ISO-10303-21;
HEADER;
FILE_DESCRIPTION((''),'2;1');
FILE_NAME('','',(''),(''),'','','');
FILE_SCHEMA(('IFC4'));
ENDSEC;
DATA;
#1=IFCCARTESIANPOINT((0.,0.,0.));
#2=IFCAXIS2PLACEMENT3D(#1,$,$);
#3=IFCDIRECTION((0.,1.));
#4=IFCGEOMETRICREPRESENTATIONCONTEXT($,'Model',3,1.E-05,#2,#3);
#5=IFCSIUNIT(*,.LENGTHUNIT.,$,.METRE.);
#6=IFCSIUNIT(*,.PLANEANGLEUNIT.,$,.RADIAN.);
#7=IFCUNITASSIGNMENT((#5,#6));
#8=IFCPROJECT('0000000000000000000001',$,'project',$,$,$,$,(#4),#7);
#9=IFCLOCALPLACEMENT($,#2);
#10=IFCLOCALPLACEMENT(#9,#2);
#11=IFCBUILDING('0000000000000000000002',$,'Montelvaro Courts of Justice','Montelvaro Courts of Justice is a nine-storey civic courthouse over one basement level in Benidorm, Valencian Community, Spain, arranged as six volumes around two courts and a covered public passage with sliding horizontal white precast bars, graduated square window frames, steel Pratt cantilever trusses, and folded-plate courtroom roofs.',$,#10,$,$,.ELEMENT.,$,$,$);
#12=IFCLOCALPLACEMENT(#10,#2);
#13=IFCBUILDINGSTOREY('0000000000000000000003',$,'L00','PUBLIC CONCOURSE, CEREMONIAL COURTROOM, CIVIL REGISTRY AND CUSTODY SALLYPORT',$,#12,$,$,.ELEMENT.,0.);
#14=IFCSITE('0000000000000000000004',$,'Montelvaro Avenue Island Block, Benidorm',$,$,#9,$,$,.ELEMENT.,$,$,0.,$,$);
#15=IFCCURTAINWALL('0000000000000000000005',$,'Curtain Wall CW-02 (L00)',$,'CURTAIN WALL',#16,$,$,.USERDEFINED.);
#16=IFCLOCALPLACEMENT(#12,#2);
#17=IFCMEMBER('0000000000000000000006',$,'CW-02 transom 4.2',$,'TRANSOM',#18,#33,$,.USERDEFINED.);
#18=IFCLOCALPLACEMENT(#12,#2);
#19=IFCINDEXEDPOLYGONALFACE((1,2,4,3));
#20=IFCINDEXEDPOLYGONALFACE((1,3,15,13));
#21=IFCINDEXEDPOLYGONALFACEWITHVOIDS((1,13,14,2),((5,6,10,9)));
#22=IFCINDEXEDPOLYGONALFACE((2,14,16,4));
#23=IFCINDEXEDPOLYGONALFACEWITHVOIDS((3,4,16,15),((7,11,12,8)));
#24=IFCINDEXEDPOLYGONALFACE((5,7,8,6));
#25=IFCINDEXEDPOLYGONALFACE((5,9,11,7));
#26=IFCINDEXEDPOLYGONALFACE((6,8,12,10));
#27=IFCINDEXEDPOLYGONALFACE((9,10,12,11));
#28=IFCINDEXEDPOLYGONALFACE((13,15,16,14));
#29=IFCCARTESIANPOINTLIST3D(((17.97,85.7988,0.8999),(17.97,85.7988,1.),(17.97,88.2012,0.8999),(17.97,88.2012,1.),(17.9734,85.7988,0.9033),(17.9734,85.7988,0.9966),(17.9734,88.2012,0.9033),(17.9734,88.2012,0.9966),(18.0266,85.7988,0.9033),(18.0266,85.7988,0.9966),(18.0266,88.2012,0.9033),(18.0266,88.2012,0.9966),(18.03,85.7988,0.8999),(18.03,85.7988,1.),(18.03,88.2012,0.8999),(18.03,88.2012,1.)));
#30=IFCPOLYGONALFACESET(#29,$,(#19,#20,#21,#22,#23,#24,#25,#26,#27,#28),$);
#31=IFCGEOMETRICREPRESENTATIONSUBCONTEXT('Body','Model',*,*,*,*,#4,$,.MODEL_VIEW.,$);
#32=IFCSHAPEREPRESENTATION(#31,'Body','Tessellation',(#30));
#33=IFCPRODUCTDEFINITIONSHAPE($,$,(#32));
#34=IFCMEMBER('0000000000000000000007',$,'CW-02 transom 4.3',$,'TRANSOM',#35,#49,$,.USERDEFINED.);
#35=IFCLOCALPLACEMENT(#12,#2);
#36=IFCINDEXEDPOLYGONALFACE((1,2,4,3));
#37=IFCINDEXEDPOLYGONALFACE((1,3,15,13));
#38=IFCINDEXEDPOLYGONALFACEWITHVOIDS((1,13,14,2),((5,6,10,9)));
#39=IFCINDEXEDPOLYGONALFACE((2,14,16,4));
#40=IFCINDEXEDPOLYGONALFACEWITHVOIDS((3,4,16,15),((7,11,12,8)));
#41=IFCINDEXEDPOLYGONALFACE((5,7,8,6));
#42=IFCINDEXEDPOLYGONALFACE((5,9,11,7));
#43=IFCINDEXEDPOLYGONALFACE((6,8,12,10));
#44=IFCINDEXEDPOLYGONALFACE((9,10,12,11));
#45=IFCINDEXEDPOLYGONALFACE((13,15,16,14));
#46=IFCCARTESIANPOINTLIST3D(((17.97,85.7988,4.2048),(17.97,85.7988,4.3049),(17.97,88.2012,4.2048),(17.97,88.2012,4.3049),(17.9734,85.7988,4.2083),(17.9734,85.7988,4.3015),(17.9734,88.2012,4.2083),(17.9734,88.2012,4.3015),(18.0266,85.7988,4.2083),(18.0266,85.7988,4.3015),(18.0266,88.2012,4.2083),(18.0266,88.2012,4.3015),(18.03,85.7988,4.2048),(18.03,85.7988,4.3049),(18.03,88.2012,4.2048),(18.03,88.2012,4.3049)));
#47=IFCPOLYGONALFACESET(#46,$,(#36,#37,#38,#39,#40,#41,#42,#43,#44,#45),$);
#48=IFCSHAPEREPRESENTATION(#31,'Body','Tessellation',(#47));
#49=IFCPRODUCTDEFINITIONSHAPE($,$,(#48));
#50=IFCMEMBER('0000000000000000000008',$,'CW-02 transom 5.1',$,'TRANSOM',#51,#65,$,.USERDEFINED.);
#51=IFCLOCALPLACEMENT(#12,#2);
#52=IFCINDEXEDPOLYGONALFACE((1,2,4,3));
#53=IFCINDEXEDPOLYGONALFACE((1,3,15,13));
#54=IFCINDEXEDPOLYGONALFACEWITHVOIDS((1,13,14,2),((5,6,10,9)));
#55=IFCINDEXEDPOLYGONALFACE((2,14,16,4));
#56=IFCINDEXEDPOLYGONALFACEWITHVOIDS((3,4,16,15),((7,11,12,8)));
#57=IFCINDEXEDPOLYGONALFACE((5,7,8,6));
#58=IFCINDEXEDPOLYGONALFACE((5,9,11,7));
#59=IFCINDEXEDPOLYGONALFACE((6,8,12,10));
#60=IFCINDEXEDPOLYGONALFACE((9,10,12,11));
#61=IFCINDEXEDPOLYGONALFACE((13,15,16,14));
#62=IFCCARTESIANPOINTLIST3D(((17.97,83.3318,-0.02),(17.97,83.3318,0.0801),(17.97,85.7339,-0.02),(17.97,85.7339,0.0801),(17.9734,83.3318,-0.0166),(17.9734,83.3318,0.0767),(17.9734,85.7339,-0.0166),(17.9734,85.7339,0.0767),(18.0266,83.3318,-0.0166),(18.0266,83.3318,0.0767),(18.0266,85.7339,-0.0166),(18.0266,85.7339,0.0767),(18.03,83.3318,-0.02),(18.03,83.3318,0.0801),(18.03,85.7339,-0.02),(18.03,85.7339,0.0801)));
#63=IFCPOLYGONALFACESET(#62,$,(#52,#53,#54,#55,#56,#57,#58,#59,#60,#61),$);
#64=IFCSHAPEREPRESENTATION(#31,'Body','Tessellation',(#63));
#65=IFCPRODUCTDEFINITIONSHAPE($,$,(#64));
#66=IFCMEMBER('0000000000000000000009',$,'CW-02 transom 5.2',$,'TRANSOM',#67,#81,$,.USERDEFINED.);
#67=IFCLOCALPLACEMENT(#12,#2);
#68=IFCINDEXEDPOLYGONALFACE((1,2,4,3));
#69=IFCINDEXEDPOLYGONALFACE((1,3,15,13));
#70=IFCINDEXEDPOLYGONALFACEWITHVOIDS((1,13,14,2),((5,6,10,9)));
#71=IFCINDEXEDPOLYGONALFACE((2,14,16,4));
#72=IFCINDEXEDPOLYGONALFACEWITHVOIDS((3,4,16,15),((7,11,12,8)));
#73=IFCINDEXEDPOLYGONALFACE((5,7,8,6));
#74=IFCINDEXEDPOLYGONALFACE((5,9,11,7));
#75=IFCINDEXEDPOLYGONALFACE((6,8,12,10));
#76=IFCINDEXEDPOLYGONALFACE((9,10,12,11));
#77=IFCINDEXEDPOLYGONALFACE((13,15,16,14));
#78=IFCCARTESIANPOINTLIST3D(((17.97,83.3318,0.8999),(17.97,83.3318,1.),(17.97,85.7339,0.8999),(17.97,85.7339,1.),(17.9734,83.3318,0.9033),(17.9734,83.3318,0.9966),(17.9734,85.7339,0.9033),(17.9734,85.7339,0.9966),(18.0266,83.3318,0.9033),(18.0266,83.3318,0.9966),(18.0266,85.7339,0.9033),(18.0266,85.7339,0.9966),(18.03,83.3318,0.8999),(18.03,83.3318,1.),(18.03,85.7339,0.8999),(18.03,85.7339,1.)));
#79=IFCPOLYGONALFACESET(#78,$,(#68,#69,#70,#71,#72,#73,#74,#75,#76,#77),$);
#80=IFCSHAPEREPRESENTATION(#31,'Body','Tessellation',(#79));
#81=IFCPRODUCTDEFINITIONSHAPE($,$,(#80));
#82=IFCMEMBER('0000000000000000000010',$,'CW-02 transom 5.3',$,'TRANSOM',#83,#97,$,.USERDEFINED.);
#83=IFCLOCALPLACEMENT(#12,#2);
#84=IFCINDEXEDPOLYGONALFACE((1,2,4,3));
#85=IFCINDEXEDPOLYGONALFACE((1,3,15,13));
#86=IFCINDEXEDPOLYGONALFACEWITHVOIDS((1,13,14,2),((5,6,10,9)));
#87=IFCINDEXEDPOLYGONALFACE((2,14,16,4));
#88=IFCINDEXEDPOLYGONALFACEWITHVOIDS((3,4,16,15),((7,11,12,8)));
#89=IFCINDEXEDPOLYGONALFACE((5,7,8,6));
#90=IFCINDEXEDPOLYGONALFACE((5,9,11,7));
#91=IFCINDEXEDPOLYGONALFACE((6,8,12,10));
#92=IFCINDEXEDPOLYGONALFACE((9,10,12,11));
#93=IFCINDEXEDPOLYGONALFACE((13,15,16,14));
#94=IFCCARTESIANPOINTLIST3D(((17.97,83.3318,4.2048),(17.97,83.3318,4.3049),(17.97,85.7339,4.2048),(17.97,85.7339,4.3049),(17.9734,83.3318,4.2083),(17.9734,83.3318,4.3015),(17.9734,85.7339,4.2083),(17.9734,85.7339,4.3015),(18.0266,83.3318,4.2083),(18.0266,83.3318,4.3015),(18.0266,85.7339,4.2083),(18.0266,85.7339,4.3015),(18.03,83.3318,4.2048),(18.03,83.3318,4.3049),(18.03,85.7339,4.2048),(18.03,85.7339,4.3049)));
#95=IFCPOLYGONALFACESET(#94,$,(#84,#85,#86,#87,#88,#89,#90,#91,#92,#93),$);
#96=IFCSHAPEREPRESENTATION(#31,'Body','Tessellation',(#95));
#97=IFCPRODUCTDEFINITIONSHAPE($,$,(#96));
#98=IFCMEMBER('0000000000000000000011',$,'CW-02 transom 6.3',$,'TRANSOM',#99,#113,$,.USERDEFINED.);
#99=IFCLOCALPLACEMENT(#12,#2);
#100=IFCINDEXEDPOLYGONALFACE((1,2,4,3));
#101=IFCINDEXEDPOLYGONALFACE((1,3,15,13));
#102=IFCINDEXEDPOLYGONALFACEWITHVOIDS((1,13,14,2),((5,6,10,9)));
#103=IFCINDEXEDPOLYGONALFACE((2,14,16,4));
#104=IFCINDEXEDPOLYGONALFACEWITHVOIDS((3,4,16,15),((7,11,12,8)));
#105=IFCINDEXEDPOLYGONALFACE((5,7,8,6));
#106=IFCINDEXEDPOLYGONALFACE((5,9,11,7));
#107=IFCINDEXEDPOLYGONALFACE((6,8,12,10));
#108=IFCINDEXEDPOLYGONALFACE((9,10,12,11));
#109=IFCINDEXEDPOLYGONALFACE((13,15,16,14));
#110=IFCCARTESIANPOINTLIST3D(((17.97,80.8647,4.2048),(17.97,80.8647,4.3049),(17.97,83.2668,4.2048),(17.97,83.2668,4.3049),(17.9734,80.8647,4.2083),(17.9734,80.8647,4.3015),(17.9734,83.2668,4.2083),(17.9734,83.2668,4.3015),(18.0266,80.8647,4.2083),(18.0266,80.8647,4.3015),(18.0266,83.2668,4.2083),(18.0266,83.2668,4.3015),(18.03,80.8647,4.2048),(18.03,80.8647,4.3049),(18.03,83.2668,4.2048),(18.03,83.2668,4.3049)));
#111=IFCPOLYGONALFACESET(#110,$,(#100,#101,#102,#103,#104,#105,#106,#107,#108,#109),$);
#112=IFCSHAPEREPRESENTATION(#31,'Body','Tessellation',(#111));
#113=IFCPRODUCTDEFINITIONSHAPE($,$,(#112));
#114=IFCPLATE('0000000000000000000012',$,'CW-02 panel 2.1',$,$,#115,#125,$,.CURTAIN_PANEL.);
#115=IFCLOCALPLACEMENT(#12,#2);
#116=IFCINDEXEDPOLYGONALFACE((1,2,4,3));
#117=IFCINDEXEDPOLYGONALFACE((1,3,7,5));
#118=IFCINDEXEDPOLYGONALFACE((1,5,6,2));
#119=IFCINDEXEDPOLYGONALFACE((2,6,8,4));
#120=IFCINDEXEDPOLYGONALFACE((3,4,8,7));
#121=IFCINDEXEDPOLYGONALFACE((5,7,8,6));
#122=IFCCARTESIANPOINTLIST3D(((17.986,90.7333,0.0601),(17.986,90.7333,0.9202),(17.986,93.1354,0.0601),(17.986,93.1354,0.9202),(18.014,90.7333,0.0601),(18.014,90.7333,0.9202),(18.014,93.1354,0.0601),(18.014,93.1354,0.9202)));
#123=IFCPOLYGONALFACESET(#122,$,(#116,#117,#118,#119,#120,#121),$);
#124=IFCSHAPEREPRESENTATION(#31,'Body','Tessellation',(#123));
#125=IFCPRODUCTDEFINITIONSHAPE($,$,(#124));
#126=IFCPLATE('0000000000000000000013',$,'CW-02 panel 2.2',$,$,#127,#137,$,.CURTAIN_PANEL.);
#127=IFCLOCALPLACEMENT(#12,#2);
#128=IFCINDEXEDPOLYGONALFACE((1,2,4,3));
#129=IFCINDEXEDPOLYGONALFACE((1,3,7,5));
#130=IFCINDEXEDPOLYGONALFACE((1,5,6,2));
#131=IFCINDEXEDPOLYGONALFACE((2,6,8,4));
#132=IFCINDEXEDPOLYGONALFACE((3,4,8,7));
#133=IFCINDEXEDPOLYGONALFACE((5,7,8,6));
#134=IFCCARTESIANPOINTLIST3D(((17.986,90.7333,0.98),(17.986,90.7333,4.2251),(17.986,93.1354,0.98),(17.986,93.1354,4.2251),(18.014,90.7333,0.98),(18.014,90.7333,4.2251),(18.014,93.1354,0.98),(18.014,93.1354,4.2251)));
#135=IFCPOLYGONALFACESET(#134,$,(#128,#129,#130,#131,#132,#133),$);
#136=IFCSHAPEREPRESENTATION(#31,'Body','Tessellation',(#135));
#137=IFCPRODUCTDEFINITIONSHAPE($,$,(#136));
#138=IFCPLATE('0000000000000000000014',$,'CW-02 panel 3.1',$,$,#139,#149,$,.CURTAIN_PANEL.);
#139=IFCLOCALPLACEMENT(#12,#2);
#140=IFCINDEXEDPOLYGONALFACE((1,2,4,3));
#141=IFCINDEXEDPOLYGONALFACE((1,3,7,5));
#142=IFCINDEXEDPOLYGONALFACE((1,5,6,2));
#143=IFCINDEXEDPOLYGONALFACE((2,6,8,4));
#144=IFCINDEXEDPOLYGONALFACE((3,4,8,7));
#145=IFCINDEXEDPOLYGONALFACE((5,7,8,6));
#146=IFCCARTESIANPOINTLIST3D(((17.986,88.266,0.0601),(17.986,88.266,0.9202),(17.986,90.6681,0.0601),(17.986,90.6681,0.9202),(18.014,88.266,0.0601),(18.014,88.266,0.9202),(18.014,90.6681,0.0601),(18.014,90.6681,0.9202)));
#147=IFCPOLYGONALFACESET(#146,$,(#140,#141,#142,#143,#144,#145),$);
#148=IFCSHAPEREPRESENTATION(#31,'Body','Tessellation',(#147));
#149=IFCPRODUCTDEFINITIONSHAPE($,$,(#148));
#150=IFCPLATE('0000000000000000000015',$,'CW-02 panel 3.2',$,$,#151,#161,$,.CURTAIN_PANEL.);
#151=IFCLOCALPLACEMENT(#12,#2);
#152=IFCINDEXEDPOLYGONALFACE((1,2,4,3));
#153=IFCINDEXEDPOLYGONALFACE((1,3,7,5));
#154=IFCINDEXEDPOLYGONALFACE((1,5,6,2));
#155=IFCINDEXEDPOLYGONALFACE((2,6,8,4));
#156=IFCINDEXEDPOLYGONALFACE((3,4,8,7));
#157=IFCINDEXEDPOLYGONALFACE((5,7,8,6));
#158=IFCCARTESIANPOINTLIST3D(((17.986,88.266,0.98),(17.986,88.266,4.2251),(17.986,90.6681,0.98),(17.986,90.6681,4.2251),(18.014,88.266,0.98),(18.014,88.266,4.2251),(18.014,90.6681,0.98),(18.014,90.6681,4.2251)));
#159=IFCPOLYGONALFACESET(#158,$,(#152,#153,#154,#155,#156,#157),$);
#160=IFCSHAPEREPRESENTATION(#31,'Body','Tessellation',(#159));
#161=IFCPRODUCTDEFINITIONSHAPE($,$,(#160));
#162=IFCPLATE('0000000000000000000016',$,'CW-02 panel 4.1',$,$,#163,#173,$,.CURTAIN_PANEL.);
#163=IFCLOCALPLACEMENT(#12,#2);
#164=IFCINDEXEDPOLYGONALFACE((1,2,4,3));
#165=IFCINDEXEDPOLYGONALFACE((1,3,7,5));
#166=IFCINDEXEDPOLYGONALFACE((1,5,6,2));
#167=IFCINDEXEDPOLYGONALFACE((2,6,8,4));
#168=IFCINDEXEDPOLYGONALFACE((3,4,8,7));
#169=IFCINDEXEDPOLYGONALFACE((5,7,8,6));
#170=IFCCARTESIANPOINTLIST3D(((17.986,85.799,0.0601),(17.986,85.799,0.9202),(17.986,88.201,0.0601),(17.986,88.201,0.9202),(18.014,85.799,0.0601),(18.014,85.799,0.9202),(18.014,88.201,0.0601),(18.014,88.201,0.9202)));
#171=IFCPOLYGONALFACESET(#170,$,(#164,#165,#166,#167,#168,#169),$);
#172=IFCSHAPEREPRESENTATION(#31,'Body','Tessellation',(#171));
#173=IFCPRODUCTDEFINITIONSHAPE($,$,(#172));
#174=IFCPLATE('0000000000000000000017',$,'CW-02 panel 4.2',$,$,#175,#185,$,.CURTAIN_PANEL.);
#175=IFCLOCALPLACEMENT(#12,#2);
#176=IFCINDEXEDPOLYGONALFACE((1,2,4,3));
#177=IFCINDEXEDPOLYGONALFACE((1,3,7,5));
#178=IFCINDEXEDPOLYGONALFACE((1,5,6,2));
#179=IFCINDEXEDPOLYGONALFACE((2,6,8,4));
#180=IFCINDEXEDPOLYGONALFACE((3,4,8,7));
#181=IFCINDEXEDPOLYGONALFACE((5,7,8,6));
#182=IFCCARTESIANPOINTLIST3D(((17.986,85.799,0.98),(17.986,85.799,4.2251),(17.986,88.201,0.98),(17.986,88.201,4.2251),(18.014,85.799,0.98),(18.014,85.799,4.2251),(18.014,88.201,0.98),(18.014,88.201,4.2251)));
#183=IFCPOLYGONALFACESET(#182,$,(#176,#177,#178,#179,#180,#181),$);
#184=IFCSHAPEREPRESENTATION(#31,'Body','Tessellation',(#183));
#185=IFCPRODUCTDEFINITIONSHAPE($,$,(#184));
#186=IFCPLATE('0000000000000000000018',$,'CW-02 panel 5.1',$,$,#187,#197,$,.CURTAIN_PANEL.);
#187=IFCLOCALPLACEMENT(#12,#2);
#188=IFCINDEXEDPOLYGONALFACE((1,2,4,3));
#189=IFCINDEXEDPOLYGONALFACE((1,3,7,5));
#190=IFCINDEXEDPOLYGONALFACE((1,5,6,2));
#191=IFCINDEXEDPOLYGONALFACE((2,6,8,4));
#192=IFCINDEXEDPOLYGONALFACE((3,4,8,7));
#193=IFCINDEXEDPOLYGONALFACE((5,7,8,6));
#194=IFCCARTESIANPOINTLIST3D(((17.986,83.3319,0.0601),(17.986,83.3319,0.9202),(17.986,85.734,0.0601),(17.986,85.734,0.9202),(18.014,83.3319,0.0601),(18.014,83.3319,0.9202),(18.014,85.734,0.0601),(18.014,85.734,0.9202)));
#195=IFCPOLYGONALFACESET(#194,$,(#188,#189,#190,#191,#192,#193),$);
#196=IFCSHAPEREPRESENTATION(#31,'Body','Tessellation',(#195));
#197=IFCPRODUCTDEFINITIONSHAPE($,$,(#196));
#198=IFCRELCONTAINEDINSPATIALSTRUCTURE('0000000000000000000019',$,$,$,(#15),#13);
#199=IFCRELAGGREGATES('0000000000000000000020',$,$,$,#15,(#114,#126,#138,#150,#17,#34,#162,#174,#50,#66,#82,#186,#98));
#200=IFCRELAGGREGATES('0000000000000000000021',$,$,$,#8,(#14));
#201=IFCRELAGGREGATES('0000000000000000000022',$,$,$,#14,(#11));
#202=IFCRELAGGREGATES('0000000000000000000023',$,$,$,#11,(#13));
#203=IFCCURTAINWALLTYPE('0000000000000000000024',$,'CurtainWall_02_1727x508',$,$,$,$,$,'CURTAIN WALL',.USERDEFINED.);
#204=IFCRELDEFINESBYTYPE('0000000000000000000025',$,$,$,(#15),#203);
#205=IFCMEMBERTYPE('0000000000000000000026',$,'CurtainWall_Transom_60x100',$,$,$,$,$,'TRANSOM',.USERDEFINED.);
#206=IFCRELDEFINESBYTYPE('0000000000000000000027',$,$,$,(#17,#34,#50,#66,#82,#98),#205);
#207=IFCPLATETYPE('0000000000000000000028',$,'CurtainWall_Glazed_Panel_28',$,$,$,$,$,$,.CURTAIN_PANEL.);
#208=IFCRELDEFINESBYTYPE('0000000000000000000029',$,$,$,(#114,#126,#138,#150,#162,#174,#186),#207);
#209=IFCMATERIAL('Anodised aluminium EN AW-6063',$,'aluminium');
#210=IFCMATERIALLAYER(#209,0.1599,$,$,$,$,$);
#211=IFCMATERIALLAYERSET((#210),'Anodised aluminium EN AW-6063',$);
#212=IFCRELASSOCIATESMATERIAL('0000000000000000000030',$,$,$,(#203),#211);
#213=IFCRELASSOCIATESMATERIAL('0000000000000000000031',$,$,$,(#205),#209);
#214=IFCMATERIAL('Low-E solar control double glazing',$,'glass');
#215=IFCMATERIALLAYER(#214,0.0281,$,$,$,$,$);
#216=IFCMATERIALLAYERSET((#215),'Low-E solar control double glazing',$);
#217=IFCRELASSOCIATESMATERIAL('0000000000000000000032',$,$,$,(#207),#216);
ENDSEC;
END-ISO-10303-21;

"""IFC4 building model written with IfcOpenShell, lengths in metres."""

from ifc_helpers import new_model, si_unit, direction, frame, origin, origin_2d, place, context, subcontext, project, spatial, rectangle, hollow_rectangle, extrude, material, layer, layer_set, material_profile, profile_set, type_object, element, aggregate, save


model = new_model("IFC4")

# Units and contexts
model_context = context("Model", 3, precision=1e-05, world=origin(), true_north=direction((0.0, 1.0)))
body_context = subcontext(model_context, "Body", "Model", "MODEL_VIEW")
ifc_project = project(units=[si_unit("LENGTHUNIT", "METRE"), si_unit("PLANEANGLEUNIT", "RADIAN")], contexts=[model_context])

# Site, building, storey
site_placement = place(None, origin())
site = spatial("IfcSite", under=ifc_project, at=site_placement, Name="Montelvaro Avenue Island Block, Benidorm", CompositionType="ELEMENT", RefElevation=0.0)
building_placement = place(site_placement, origin())
building = spatial("IfcBuilding", under=site, at=building_placement, Name="Montelvaro Courts of Justice", Description="Montelvaro Courts of Justice is a nine-storey civic courthouse over one basement level in Benidorm, Valencian Community, Spain, arranged as six volumes around two courts and a covered public passage with sliding horizontal white precast bars, graduated square window frames, steel Pratt cantilever trusses, and folded-plate courtroom roofs.", CompositionType="ELEMENT")
storey_placement = place(building_placement, origin())
storey = spatial("IfcBuildingStorey", under=building, at=storey_placement, Name="L00", Description="PUBLIC CONCOURSE, CEREMONIAL COURTROOM, CIVIL REGISTRY AND CUSTODY SALLYPORT", CompositionType="ELEMENT", Elevation=0.0)

# Curtain wall, members, plates
ifc_material_1 = material(Name="Anodised aluminium EN AW-6063", Category="aluminium")
ifc_layer_1 = layer(ifc_material_1, 0.1599)
ifc_layer_set_1 = layer_set([ifc_layer_1], Name="Anodised aluminium EN AW-6063")
curtain_wall_type = type_object("IfcCurtainWallType", Name="CurtainWall_02_1727x508", ElementType="CURTAIN WALL", PredefinedType="USERDEFINED", material=ifc_layer_set_1)
curtain_wall_placement = place(storey_placement, origin())
curtain_wall = element("IfcCurtainWall", 1, at=curtain_wall_placement, inside=storey, type_object=curtain_wall_type, Name="Curtain Wall CW-02 (L00)", ObjectType="CURTAIN WALL", PredefinedType="USERDEFINED")
ifc_material_profile_1 = material_profile(ifc_material_1, hollow_rectangle(XDim=0.0601, YDim=0.1001, WallThickness=0.0034, at=origin_2d()), Name="ALU-T 60x100")
ifc_profile_set_1 = profile_set([ifc_material_profile_1], Name="Anodised aluminium EN AW-6063")
member_type_1 = type_object("IfcMemberType", Name="CurtainWall_Transom_60x100", ElementType="TRANSOM", PredefinedType="USERDEFINED", material=ifc_profile_set_1)
member_1_placement = place(storey_placement, frame((18.0, 88.2012, 0.95), z_axis=(0.0, -1.0, 0.0), x_axis=(1.0, 0.0, 0.0)))
member_1 = element("IfcMember", 2, at=member_1_placement, type_object=member_type_1, Name="CW-02 transom 4.2", ObjectType="TRANSOM", PredefinedType="USERDEFINED", context=body_context, shape_type="SweptSolid", body=[
    extrude(hollow_rectangle(XDim=0.0601, YDim=0.1001, WallThickness=0.0034, at=origin_2d()), origin(), (0.0, 0.0, 1.0), 2.4023),
])
member_2_placement = place(storey_placement, frame((18.0, 88.2012, 4.2549), z_axis=(0.0, -1.0, 0.0), x_axis=(1.0, 0.0, 0.0)))
member_2 = element("IfcMember", 3, at=member_2_placement, type_object=member_type_1, Name="CW-02 transom 4.3", ObjectType="TRANSOM", PredefinedType="USERDEFINED", context=body_context, shape_type="SweptSolid", body=[
    extrude(hollow_rectangle(XDim=0.0601, YDim=0.1001, WallThickness=0.0034, at=origin_2d()), origin(), (0.0, 0.0, 1.0), 2.4023),
])
member_3_placement = place(storey_placement, frame((18.0, 85.7339, 0.03), z_axis=(0.0, -1.0, 0.0), x_axis=(1.0, 0.0, 0.0)))
member_3 = element("IfcMember", 4, at=member_3_placement, type_object=member_type_1, Name="CW-02 transom 5.1", ObjectType="TRANSOM", PredefinedType="USERDEFINED", context=body_context, shape_type="SweptSolid", body=[
    extrude(hollow_rectangle(XDim=0.0601, YDim=0.1001, WallThickness=0.0034, at=origin_2d()), origin(), (0.0, 0.0, 1.0), 2.4021),
])
member_4_placement = place(storey_placement, frame((18.0, 85.7339, 0.95), z_axis=(0.0, -1.0, 0.0), x_axis=(1.0, 0.0, 0.0)))
member_4 = element("IfcMember", 5, at=member_4_placement, type_object=member_type_1, Name="CW-02 transom 5.2", ObjectType="TRANSOM", PredefinedType="USERDEFINED", context=body_context, shape_type="SweptSolid", body=[
    extrude(hollow_rectangle(XDim=0.0601, YDim=0.1001, WallThickness=0.0034, at=origin_2d()), origin(), (0.0, 0.0, 1.0), 2.4021),
])
member_5_placement = place(storey_placement, frame((18.0, 85.7339, 4.2549), z_axis=(0.0, -1.0, 0.0), x_axis=(1.0, 0.0, 0.0)))
member_5 = element("IfcMember", 6, at=member_5_placement, type_object=member_type_1, Name="CW-02 transom 5.3", ObjectType="TRANSOM", PredefinedType="USERDEFINED", context=body_context, shape_type="SweptSolid", body=[
    extrude(hollow_rectangle(XDim=0.0601, YDim=0.1001, WallThickness=0.0034, at=origin_2d()), origin(), (0.0, 0.0, 1.0), 2.4021),
])
member_6_placement = place(storey_placement, frame((18.0, 83.2668, 4.2549), z_axis=(0.0, -1.0, 0.0), x_axis=(1.0, 0.0, 0.0)))
member_6 = element("IfcMember", 7, at=member_6_placement, type_object=member_type_1, Name="CW-02 transom 6.3", ObjectType="TRANSOM", PredefinedType="USERDEFINED", context=body_context, shape_type="SweptSolid", body=[
    extrude(hollow_rectangle(XDim=0.0601, YDim=0.1001, WallThickness=0.0034, at=origin_2d()), origin(), (0.0, 0.0, 1.0), 2.4021),
])
ifc_material_2 = material(Name="Low-E solar control double glazing", Category="glass")
ifc_layer_2 = layer(ifc_material_2, 0.0281)
ifc_layer_set_2 = layer_set([ifc_layer_2], Name="Low-E solar control double glazing")
plate_type = type_object("IfcPlateType", Name="CurtainWall_Glazed_Panel_28", PredefinedType="CURTAIN_PANEL", material=ifc_layer_set_2)
plate_1_placement = place(storey_placement, frame((18.0, 91.9343, 0.0601), z_axis=(0.0, 0.0, 1.0), x_axis=(0.0, -1.0, 0.0)))
plate_1 = element("IfcPlate", 8, at=plate_1_placement, type_object=plate_type, Name="CW-02 panel 2.1", PredefinedType="CURTAIN_PANEL", context=body_context, shape_type="SweptSolid", body=[
    extrude(rectangle(XDim=2.4021, YDim=0.0281, at=origin_2d()), origin(), (0.0, 0.0, 1.0), 0.8601),
])
plate_2_placement = place(storey_placement, frame((18.0, 91.9343, 0.98), z_axis=(0.0, 0.0, 1.0), x_axis=(0.0, -1.0, 0.0)))
plate_2 = element("IfcPlate", 9, at=plate_2_placement, type_object=plate_type, Name="CW-02 panel 2.2", PredefinedType="CURTAIN_PANEL", context=body_context, shape_type="SweptSolid", body=[
    extrude(rectangle(XDim=2.4021, YDim=0.0281, at=origin_2d()), origin(), (0.0, 0.0, 1.0), 3.2451),
])
plate_3_placement = place(storey_placement, frame((18.0, 89.467, 0.0601), z_axis=(0.0, 0.0, 1.0), x_axis=(0.0, -1.0, 0.0)))
plate_3 = element("IfcPlate", 10, at=plate_3_placement, type_object=plate_type, Name="CW-02 panel 3.1", PredefinedType="CURTAIN_PANEL", context=body_context, shape_type="SweptSolid", body=[
    extrude(rectangle(XDim=2.4021, YDim=0.0281, at=origin_2d()), origin(), (0.0, 0.0, 1.0), 0.8601),
])
plate_4_placement = place(storey_placement, frame((18.0, 89.467, 0.98), z_axis=(0.0, 0.0, 1.0), x_axis=(0.0, -1.0, 0.0)))
plate_4 = element("IfcPlate", 11, at=plate_4_placement, type_object=plate_type, Name="CW-02 panel 3.2", PredefinedType="CURTAIN_PANEL", context=body_context, shape_type="SweptSolid", body=[
    extrude(rectangle(XDim=2.4021, YDim=0.0281, at=origin_2d()), origin(), (0.0, 0.0, 1.0), 3.2451),
])
plate_5_placement = place(storey_placement, frame((18.0, 87.0, 0.0601), z_axis=(0.0, 0.0, 1.0), x_axis=(0.0, -1.0, 0.0)))
plate_5 = element("IfcPlate", 12, at=plate_5_placement, type_object=plate_type, Name="CW-02 panel 4.1", PredefinedType="CURTAIN_PANEL", context=body_context, shape_type="SweptSolid", body=[
    extrude(rectangle(XDim=2.4021, YDim=0.0281, at=origin_2d()), origin(), (0.0, 0.0, 1.0), 0.8601),
])
plate_6_placement = place(storey_placement, frame((18.0, 87.0, 0.98), z_axis=(0.0, 0.0, 1.0), x_axis=(0.0, -1.0, 0.0)))
plate_6 = element("IfcPlate", 13, at=plate_6_placement, type_object=plate_type, Name="CW-02 panel 4.2", PredefinedType="CURTAIN_PANEL", context=body_context, shape_type="SweptSolid", body=[
    extrude(rectangle(XDim=2.4021, YDim=0.0281, at=origin_2d()), origin(), (0.0, 0.0, 1.0), 3.2451),
])
plate_7_placement = place(storey_placement, frame((18.0, 84.533, 0.0601), z_axis=(0.0, 0.0, 1.0), x_axis=(0.0, -1.0, 0.0)))
plate_7 = element("IfcPlate", 14, at=plate_7_placement, type_object=plate_type, Name="CW-02 panel 5.1", PredefinedType="CURTAIN_PANEL", context=body_context, shape_type="SweptSolid", body=[
    extrude(rectangle(XDim=2.4021, YDim=0.0281, at=origin_2d()), origin(), (0.0, 0.0, 1.0), 0.8601),
])
aggregate(curtain_wall, [plate_1, plate_2, plate_3, plate_4, member_1, member_2, plate_5, plate_6, member_3, member_4, member_5, plate_7, member_6])

save(model, "model.ifc")
